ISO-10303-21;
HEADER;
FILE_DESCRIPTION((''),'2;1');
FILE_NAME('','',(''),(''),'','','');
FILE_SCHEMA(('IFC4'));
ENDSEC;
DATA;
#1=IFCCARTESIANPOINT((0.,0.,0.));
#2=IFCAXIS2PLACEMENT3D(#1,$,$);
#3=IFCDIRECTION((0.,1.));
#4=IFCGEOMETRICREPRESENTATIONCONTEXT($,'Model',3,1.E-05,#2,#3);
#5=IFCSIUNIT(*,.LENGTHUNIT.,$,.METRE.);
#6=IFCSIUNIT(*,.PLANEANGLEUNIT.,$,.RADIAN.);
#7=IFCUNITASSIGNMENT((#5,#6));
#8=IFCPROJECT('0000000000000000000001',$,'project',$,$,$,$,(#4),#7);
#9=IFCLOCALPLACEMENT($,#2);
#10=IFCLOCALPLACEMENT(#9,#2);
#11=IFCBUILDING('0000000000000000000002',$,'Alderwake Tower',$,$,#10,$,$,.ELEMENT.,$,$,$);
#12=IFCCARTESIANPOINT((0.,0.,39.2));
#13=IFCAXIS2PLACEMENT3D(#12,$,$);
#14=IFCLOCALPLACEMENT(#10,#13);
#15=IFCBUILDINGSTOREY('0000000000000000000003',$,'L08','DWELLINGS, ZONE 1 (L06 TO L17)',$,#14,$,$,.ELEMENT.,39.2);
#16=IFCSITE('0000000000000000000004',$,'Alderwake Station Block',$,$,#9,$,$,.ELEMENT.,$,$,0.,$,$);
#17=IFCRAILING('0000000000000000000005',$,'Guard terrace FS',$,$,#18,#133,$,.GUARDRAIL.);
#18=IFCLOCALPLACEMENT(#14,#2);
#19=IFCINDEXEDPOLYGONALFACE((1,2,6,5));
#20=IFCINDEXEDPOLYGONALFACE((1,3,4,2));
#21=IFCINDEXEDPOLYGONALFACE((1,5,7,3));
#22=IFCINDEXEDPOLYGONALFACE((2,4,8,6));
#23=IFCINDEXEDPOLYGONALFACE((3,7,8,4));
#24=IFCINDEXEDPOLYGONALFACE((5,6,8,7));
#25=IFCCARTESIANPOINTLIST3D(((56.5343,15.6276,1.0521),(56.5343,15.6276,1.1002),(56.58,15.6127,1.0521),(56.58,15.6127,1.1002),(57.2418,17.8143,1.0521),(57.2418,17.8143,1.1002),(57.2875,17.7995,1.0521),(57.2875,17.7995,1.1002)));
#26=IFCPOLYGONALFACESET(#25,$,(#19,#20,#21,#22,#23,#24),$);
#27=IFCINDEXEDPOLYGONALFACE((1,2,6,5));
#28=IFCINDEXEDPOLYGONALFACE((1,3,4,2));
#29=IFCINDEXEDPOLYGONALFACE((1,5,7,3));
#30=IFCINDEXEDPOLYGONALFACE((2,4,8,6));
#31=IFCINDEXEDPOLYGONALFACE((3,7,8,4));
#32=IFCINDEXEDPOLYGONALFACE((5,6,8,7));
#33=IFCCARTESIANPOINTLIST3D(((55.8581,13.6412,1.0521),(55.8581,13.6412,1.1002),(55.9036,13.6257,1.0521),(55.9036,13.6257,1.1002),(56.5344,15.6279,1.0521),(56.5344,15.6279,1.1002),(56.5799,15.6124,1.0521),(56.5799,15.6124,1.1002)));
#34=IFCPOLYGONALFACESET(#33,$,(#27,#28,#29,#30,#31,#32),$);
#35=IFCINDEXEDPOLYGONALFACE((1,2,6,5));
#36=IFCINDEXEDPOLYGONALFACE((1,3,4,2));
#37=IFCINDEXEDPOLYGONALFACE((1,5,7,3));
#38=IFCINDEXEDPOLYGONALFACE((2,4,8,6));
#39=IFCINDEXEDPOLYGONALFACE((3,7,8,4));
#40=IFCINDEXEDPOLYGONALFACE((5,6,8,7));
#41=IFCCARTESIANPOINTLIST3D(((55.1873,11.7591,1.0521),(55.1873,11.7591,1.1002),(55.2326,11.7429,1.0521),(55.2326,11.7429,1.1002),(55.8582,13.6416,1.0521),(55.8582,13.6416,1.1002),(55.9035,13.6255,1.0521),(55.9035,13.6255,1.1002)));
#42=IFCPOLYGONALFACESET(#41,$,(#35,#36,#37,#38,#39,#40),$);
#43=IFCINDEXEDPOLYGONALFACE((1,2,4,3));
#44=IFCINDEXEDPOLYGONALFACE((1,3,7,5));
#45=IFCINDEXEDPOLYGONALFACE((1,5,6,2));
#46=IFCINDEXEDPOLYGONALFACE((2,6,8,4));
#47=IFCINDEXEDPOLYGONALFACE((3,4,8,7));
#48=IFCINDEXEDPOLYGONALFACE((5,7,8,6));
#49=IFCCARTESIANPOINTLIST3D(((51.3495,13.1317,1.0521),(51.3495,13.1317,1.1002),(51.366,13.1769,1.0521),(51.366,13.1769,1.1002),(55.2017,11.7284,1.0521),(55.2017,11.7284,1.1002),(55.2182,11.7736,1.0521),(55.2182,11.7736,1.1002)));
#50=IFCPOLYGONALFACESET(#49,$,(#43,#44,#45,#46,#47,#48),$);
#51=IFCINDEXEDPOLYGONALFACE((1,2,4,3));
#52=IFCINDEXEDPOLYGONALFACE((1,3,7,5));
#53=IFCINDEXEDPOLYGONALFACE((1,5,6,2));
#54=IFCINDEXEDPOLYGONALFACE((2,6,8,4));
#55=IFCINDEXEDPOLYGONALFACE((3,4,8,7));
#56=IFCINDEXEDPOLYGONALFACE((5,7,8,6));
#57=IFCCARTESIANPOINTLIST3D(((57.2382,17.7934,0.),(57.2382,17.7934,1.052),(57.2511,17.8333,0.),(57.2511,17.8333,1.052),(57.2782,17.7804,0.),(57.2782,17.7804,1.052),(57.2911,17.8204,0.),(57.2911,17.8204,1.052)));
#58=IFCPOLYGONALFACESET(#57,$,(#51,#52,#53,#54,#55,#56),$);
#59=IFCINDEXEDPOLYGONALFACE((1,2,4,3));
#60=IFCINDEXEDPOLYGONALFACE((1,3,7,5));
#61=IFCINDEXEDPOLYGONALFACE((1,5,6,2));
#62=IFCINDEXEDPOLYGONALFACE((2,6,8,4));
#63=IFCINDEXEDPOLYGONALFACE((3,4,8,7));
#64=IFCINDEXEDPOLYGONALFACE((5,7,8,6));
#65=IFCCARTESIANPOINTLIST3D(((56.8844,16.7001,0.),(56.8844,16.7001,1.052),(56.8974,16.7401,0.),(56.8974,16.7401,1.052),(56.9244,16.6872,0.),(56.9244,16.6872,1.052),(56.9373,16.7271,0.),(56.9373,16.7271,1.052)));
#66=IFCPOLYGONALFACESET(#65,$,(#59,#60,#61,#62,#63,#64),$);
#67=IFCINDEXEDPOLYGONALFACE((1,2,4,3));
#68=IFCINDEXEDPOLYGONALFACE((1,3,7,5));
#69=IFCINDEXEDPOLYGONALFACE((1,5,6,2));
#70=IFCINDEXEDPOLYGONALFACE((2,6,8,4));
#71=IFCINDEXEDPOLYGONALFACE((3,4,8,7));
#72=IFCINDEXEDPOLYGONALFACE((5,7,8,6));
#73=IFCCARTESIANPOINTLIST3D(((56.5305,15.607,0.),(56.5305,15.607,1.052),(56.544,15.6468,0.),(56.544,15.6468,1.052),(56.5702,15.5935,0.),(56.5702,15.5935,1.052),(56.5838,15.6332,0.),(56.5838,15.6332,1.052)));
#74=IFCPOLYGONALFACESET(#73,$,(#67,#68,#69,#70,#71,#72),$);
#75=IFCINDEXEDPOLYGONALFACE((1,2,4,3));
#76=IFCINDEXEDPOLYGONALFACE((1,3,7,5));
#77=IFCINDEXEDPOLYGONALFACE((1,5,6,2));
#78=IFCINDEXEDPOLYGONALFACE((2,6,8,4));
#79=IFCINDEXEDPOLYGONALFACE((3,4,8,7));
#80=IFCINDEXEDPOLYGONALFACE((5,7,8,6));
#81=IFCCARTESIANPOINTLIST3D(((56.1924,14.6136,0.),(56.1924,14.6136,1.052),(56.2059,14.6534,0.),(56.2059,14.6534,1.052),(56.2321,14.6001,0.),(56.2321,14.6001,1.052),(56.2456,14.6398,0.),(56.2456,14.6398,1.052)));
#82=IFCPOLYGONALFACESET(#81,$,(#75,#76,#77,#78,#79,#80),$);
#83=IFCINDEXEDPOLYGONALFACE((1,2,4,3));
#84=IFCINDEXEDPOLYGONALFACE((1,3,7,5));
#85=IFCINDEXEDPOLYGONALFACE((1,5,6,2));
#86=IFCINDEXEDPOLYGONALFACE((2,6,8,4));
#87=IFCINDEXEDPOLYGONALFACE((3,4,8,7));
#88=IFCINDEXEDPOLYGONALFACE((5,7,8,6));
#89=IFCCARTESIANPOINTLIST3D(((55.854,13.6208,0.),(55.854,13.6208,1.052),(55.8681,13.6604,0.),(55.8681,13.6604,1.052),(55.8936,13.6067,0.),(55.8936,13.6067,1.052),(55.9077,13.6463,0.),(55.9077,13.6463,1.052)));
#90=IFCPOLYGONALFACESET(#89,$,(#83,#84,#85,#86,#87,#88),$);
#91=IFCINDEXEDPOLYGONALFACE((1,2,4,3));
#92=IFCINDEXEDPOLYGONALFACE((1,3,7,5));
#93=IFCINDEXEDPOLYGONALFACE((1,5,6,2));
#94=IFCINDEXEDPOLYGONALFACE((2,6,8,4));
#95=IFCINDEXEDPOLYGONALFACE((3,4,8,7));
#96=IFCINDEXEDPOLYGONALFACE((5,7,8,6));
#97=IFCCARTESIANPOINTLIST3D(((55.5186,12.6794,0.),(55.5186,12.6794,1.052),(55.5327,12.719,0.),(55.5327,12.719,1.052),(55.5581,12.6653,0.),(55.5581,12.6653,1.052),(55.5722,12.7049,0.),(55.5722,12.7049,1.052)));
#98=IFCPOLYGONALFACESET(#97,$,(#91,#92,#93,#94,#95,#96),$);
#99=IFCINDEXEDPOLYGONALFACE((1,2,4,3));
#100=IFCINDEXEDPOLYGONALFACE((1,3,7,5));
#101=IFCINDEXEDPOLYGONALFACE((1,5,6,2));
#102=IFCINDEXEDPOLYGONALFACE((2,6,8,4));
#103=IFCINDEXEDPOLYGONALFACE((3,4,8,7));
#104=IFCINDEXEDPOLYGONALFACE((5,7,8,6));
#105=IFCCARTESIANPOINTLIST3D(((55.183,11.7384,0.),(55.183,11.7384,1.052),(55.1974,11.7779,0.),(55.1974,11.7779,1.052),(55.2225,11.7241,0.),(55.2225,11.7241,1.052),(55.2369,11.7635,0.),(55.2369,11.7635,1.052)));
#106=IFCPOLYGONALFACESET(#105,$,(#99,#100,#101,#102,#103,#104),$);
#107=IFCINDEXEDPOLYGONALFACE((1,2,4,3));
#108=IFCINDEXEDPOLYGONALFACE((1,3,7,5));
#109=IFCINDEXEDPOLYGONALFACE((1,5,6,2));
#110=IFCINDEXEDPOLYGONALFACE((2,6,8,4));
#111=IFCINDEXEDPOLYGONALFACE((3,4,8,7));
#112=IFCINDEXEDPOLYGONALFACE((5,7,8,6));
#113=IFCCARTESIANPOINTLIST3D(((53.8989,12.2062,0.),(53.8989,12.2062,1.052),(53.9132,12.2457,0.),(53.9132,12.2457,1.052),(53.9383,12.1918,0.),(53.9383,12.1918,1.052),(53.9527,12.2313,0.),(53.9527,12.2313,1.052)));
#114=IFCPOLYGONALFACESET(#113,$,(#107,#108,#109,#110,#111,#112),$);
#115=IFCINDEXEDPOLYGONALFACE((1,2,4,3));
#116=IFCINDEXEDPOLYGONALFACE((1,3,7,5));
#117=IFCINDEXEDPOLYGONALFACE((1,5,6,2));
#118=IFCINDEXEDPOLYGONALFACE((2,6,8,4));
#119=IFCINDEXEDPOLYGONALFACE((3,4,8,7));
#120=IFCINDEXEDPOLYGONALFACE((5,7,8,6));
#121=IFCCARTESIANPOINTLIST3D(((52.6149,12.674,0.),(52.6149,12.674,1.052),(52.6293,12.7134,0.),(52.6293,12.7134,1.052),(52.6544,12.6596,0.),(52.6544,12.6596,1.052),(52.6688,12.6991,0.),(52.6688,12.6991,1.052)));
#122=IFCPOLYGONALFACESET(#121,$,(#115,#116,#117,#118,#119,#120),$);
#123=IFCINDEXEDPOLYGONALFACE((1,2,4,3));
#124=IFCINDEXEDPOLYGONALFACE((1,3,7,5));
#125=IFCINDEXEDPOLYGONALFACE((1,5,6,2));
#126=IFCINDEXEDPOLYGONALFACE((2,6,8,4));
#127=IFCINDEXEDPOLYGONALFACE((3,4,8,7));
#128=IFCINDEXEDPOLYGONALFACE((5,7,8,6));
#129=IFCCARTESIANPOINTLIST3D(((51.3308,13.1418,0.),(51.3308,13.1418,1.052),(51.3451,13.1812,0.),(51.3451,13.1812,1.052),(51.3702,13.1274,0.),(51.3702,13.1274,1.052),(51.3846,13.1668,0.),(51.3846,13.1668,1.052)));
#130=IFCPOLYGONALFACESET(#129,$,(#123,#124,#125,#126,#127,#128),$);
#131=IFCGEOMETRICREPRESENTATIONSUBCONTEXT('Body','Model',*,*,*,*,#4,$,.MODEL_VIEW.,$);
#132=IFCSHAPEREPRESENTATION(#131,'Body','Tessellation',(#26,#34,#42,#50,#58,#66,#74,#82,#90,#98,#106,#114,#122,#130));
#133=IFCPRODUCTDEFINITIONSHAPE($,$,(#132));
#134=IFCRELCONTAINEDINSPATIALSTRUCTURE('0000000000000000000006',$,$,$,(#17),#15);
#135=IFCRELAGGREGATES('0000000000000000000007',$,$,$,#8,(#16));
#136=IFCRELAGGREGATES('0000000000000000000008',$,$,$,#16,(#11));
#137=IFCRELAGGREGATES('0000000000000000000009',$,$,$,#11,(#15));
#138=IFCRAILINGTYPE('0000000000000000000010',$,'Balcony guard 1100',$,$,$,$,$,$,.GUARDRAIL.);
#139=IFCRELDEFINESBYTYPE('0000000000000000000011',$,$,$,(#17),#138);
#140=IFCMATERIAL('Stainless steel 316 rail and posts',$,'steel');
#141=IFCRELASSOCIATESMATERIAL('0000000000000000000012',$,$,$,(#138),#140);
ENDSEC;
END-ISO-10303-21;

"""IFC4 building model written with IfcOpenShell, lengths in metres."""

from ifc_helpers import new_model, si_unit, direction, frame, origin, origin_2d, place, context, subcontext, project, spatial, rectangle, extrude, material, type_object, element, save


model = new_model("IFC4")

# Units and contexts
model_context = context("Model", 3, precision=1e-05, world=origin(), true_north=direction((0.0, 1.0)))
body_context = subcontext(model_context, "Body", "Model", "MODEL_VIEW")
ifc_project = project(units=[si_unit("LENGTHUNIT", "METRE"), si_unit("PLANEANGLEUNIT", "RADIAN")], contexts=[model_context])

# Site, building, storey
site_placement = place(None, origin())
site = spatial("IfcSite", under=ifc_project, at=site_placement, Name="Alderwake Station Block", CompositionType="ELEMENT", RefElevation=0.0)
building_placement = place(site_placement, origin())
building = spatial("IfcBuilding", under=site, at=building_placement, Name="Alderwake Tower", CompositionType="ELEMENT")
storey_placement = place(building_placement, frame((0.0, 0.0, 39.2)))
storey = spatial("IfcBuildingStorey", under=building, at=storey_placement, Name="L08", Description="DWELLINGS, ZONE 1 (L06 TO L17)", CompositionType="ELEMENT", Elevation=39.2)

# Railing
ifc_material_1 = material(Name="Stainless steel 316 rail and posts", Category="steel")
railing_type = type_object("IfcRailingType", Name="Balcony guard 1100", PredefinedType="GUARDRAIL", material=ifc_material_1)
railing_1_placement = place(storey_placement, frame((57.2646, 17.8069, 0.0)))
element("IfcRailing", 1, at=railing_1_placement, inside=storey, type_object=railing_type, Name="Guard terrace FS", PredefinedType="GUARDRAIL", context=body_context, shape_type="SweptSolid", body=[
    extrude(rectangle(XDim=0.0481, YDim=0.0481, at=origin_2d()), frame((0.0, 0.0, 1.0762), z_axis=(-0.307834, -0.95144, 0.0), x_axis=(0.95144, -0.307834, 0.0)), (0.0, 0.0, 1.0), 2.2983),
    extrude(rectangle(XDim=0.0481, YDim=0.0481, at=origin_2d()), frame((-0.7075, -2.1868, 1.0762), z_axis=(-0.322259, -0.946651, 0.0), x_axis=(0.946651, -0.322259, 0.0)), (0.0, 0.0, 1.0), 2.0986),
    extrude(rectangle(XDim=0.0481, YDim=0.0481, at=origin_2d()), frame((-1.3838, -4.1733, 1.0762), z_axis=(-0.335694, -0.941971, 0.0), x_axis=(0.941971, -0.335694, 0.0)), (0.0, 0.0, 1.0), 1.9985),
    extrude(rectangle(XDim=0.0481, YDim=0.0481, at=origin_2d()), frame((-2.0547, -6.0559, 1.0762), z_axis=(-0.939599, 0.342278, 0.0), x_axis=(-0.342278, -0.939599, 0.0)), (0.0, 0.0, 1.0), 4.0999),
    extrude(rectangle(XDim=0.042, YDim=0.042, at=origin_2d()), frame((0.0, 0.0, 0.0), z_axis=(0.0, 0.0, 1.0), x_axis=(-0.307834, -0.95144, 0.0)), (0.0, 0.0, 1.0), 1.052),
    extrude(rectangle(XDim=0.042, YDim=0.042, at=origin_2d()), frame((-0.3538, -1.0933, 0.0), z_axis=(0.0, 0.0, 1.0), x_axis=(-0.307834, -0.95144, 0.0)), (0.0, 0.0, 1.0), 1.052),
    extrude(rectangle(XDim=0.042, YDim=0.042, at=origin_2d()), frame((-0.7075, -2.1868, 0.0), z_axis=(0.0, 0.0, 1.0), x_axis=(-0.322259, -0.946651, 0.0)), (0.0, 0.0, 1.0), 1.052),
    extrude(rectangle(XDim=0.042, YDim=0.042, at=origin_2d()), frame((-1.0457, -3.1802, 0.0), z_axis=(0.0, 0.0, 1.0), x_axis=(-0.322259, -0.946651, 0.0)), (0.0, 0.0, 1.0), 1.052),
    extrude(rectangle(XDim=0.042, YDim=0.042, at=origin_2d()), frame((-1.3838, -4.1733, 0.0), z_axis=(0.0, 0.0, 1.0), x_axis=(-0.335694, -0.941971, 0.0)), (0.0, 0.0, 1.0), 1.052),
    extrude(rectangle(XDim=0.042, YDim=0.042, at=origin_2d()), frame((-1.7192, -5.1147, 0.0), z_axis=(0.0, 0.0, 1.0), x_axis=(-0.335694, -0.941971, 0.0)), (0.0, 0.0, 1.0), 1.052),
    extrude(rectangle(XDim=0.042, YDim=0.042, at=origin_2d()), frame((-2.0547, -6.0559, 0.0), z_axis=(0.0, 0.0, 1.0), x_axis=(-0.939599, 0.342278, 0.0)), (0.0, 0.0, 1.0), 1.052),
    extrude(rectangle(XDim=0.042, YDim=0.042, at=origin_2d()), frame((-3.3389, -5.5881, 0.0), z_axis=(0.0, 0.0, 1.0), x_axis=(-0.939599, 0.342278, 0.0)), (0.0, 0.0, 1.0), 1.052),
    extrude(rectangle(XDim=0.042, YDim=0.042, at=origin_2d()), frame((-4.6228, -5.1204, 0.0), z_axis=(0.0, 0.0, 1.0), x_axis=(-0.939599, 0.342278, 0.0)), (0.0, 0.0, 1.0), 1.052),
    extrude(rectangle(XDim=0.042, YDim=0.042, at=origin_2d()), frame((-5.907, -4.6526, 0.0), z_axis=(0.0, 0.0, 1.0), x_axis=(-0.939599, 0.342278, 0.0)), (0.0, 0.0, 1.0), 1.052),
])

save(model, "model.ifc")
